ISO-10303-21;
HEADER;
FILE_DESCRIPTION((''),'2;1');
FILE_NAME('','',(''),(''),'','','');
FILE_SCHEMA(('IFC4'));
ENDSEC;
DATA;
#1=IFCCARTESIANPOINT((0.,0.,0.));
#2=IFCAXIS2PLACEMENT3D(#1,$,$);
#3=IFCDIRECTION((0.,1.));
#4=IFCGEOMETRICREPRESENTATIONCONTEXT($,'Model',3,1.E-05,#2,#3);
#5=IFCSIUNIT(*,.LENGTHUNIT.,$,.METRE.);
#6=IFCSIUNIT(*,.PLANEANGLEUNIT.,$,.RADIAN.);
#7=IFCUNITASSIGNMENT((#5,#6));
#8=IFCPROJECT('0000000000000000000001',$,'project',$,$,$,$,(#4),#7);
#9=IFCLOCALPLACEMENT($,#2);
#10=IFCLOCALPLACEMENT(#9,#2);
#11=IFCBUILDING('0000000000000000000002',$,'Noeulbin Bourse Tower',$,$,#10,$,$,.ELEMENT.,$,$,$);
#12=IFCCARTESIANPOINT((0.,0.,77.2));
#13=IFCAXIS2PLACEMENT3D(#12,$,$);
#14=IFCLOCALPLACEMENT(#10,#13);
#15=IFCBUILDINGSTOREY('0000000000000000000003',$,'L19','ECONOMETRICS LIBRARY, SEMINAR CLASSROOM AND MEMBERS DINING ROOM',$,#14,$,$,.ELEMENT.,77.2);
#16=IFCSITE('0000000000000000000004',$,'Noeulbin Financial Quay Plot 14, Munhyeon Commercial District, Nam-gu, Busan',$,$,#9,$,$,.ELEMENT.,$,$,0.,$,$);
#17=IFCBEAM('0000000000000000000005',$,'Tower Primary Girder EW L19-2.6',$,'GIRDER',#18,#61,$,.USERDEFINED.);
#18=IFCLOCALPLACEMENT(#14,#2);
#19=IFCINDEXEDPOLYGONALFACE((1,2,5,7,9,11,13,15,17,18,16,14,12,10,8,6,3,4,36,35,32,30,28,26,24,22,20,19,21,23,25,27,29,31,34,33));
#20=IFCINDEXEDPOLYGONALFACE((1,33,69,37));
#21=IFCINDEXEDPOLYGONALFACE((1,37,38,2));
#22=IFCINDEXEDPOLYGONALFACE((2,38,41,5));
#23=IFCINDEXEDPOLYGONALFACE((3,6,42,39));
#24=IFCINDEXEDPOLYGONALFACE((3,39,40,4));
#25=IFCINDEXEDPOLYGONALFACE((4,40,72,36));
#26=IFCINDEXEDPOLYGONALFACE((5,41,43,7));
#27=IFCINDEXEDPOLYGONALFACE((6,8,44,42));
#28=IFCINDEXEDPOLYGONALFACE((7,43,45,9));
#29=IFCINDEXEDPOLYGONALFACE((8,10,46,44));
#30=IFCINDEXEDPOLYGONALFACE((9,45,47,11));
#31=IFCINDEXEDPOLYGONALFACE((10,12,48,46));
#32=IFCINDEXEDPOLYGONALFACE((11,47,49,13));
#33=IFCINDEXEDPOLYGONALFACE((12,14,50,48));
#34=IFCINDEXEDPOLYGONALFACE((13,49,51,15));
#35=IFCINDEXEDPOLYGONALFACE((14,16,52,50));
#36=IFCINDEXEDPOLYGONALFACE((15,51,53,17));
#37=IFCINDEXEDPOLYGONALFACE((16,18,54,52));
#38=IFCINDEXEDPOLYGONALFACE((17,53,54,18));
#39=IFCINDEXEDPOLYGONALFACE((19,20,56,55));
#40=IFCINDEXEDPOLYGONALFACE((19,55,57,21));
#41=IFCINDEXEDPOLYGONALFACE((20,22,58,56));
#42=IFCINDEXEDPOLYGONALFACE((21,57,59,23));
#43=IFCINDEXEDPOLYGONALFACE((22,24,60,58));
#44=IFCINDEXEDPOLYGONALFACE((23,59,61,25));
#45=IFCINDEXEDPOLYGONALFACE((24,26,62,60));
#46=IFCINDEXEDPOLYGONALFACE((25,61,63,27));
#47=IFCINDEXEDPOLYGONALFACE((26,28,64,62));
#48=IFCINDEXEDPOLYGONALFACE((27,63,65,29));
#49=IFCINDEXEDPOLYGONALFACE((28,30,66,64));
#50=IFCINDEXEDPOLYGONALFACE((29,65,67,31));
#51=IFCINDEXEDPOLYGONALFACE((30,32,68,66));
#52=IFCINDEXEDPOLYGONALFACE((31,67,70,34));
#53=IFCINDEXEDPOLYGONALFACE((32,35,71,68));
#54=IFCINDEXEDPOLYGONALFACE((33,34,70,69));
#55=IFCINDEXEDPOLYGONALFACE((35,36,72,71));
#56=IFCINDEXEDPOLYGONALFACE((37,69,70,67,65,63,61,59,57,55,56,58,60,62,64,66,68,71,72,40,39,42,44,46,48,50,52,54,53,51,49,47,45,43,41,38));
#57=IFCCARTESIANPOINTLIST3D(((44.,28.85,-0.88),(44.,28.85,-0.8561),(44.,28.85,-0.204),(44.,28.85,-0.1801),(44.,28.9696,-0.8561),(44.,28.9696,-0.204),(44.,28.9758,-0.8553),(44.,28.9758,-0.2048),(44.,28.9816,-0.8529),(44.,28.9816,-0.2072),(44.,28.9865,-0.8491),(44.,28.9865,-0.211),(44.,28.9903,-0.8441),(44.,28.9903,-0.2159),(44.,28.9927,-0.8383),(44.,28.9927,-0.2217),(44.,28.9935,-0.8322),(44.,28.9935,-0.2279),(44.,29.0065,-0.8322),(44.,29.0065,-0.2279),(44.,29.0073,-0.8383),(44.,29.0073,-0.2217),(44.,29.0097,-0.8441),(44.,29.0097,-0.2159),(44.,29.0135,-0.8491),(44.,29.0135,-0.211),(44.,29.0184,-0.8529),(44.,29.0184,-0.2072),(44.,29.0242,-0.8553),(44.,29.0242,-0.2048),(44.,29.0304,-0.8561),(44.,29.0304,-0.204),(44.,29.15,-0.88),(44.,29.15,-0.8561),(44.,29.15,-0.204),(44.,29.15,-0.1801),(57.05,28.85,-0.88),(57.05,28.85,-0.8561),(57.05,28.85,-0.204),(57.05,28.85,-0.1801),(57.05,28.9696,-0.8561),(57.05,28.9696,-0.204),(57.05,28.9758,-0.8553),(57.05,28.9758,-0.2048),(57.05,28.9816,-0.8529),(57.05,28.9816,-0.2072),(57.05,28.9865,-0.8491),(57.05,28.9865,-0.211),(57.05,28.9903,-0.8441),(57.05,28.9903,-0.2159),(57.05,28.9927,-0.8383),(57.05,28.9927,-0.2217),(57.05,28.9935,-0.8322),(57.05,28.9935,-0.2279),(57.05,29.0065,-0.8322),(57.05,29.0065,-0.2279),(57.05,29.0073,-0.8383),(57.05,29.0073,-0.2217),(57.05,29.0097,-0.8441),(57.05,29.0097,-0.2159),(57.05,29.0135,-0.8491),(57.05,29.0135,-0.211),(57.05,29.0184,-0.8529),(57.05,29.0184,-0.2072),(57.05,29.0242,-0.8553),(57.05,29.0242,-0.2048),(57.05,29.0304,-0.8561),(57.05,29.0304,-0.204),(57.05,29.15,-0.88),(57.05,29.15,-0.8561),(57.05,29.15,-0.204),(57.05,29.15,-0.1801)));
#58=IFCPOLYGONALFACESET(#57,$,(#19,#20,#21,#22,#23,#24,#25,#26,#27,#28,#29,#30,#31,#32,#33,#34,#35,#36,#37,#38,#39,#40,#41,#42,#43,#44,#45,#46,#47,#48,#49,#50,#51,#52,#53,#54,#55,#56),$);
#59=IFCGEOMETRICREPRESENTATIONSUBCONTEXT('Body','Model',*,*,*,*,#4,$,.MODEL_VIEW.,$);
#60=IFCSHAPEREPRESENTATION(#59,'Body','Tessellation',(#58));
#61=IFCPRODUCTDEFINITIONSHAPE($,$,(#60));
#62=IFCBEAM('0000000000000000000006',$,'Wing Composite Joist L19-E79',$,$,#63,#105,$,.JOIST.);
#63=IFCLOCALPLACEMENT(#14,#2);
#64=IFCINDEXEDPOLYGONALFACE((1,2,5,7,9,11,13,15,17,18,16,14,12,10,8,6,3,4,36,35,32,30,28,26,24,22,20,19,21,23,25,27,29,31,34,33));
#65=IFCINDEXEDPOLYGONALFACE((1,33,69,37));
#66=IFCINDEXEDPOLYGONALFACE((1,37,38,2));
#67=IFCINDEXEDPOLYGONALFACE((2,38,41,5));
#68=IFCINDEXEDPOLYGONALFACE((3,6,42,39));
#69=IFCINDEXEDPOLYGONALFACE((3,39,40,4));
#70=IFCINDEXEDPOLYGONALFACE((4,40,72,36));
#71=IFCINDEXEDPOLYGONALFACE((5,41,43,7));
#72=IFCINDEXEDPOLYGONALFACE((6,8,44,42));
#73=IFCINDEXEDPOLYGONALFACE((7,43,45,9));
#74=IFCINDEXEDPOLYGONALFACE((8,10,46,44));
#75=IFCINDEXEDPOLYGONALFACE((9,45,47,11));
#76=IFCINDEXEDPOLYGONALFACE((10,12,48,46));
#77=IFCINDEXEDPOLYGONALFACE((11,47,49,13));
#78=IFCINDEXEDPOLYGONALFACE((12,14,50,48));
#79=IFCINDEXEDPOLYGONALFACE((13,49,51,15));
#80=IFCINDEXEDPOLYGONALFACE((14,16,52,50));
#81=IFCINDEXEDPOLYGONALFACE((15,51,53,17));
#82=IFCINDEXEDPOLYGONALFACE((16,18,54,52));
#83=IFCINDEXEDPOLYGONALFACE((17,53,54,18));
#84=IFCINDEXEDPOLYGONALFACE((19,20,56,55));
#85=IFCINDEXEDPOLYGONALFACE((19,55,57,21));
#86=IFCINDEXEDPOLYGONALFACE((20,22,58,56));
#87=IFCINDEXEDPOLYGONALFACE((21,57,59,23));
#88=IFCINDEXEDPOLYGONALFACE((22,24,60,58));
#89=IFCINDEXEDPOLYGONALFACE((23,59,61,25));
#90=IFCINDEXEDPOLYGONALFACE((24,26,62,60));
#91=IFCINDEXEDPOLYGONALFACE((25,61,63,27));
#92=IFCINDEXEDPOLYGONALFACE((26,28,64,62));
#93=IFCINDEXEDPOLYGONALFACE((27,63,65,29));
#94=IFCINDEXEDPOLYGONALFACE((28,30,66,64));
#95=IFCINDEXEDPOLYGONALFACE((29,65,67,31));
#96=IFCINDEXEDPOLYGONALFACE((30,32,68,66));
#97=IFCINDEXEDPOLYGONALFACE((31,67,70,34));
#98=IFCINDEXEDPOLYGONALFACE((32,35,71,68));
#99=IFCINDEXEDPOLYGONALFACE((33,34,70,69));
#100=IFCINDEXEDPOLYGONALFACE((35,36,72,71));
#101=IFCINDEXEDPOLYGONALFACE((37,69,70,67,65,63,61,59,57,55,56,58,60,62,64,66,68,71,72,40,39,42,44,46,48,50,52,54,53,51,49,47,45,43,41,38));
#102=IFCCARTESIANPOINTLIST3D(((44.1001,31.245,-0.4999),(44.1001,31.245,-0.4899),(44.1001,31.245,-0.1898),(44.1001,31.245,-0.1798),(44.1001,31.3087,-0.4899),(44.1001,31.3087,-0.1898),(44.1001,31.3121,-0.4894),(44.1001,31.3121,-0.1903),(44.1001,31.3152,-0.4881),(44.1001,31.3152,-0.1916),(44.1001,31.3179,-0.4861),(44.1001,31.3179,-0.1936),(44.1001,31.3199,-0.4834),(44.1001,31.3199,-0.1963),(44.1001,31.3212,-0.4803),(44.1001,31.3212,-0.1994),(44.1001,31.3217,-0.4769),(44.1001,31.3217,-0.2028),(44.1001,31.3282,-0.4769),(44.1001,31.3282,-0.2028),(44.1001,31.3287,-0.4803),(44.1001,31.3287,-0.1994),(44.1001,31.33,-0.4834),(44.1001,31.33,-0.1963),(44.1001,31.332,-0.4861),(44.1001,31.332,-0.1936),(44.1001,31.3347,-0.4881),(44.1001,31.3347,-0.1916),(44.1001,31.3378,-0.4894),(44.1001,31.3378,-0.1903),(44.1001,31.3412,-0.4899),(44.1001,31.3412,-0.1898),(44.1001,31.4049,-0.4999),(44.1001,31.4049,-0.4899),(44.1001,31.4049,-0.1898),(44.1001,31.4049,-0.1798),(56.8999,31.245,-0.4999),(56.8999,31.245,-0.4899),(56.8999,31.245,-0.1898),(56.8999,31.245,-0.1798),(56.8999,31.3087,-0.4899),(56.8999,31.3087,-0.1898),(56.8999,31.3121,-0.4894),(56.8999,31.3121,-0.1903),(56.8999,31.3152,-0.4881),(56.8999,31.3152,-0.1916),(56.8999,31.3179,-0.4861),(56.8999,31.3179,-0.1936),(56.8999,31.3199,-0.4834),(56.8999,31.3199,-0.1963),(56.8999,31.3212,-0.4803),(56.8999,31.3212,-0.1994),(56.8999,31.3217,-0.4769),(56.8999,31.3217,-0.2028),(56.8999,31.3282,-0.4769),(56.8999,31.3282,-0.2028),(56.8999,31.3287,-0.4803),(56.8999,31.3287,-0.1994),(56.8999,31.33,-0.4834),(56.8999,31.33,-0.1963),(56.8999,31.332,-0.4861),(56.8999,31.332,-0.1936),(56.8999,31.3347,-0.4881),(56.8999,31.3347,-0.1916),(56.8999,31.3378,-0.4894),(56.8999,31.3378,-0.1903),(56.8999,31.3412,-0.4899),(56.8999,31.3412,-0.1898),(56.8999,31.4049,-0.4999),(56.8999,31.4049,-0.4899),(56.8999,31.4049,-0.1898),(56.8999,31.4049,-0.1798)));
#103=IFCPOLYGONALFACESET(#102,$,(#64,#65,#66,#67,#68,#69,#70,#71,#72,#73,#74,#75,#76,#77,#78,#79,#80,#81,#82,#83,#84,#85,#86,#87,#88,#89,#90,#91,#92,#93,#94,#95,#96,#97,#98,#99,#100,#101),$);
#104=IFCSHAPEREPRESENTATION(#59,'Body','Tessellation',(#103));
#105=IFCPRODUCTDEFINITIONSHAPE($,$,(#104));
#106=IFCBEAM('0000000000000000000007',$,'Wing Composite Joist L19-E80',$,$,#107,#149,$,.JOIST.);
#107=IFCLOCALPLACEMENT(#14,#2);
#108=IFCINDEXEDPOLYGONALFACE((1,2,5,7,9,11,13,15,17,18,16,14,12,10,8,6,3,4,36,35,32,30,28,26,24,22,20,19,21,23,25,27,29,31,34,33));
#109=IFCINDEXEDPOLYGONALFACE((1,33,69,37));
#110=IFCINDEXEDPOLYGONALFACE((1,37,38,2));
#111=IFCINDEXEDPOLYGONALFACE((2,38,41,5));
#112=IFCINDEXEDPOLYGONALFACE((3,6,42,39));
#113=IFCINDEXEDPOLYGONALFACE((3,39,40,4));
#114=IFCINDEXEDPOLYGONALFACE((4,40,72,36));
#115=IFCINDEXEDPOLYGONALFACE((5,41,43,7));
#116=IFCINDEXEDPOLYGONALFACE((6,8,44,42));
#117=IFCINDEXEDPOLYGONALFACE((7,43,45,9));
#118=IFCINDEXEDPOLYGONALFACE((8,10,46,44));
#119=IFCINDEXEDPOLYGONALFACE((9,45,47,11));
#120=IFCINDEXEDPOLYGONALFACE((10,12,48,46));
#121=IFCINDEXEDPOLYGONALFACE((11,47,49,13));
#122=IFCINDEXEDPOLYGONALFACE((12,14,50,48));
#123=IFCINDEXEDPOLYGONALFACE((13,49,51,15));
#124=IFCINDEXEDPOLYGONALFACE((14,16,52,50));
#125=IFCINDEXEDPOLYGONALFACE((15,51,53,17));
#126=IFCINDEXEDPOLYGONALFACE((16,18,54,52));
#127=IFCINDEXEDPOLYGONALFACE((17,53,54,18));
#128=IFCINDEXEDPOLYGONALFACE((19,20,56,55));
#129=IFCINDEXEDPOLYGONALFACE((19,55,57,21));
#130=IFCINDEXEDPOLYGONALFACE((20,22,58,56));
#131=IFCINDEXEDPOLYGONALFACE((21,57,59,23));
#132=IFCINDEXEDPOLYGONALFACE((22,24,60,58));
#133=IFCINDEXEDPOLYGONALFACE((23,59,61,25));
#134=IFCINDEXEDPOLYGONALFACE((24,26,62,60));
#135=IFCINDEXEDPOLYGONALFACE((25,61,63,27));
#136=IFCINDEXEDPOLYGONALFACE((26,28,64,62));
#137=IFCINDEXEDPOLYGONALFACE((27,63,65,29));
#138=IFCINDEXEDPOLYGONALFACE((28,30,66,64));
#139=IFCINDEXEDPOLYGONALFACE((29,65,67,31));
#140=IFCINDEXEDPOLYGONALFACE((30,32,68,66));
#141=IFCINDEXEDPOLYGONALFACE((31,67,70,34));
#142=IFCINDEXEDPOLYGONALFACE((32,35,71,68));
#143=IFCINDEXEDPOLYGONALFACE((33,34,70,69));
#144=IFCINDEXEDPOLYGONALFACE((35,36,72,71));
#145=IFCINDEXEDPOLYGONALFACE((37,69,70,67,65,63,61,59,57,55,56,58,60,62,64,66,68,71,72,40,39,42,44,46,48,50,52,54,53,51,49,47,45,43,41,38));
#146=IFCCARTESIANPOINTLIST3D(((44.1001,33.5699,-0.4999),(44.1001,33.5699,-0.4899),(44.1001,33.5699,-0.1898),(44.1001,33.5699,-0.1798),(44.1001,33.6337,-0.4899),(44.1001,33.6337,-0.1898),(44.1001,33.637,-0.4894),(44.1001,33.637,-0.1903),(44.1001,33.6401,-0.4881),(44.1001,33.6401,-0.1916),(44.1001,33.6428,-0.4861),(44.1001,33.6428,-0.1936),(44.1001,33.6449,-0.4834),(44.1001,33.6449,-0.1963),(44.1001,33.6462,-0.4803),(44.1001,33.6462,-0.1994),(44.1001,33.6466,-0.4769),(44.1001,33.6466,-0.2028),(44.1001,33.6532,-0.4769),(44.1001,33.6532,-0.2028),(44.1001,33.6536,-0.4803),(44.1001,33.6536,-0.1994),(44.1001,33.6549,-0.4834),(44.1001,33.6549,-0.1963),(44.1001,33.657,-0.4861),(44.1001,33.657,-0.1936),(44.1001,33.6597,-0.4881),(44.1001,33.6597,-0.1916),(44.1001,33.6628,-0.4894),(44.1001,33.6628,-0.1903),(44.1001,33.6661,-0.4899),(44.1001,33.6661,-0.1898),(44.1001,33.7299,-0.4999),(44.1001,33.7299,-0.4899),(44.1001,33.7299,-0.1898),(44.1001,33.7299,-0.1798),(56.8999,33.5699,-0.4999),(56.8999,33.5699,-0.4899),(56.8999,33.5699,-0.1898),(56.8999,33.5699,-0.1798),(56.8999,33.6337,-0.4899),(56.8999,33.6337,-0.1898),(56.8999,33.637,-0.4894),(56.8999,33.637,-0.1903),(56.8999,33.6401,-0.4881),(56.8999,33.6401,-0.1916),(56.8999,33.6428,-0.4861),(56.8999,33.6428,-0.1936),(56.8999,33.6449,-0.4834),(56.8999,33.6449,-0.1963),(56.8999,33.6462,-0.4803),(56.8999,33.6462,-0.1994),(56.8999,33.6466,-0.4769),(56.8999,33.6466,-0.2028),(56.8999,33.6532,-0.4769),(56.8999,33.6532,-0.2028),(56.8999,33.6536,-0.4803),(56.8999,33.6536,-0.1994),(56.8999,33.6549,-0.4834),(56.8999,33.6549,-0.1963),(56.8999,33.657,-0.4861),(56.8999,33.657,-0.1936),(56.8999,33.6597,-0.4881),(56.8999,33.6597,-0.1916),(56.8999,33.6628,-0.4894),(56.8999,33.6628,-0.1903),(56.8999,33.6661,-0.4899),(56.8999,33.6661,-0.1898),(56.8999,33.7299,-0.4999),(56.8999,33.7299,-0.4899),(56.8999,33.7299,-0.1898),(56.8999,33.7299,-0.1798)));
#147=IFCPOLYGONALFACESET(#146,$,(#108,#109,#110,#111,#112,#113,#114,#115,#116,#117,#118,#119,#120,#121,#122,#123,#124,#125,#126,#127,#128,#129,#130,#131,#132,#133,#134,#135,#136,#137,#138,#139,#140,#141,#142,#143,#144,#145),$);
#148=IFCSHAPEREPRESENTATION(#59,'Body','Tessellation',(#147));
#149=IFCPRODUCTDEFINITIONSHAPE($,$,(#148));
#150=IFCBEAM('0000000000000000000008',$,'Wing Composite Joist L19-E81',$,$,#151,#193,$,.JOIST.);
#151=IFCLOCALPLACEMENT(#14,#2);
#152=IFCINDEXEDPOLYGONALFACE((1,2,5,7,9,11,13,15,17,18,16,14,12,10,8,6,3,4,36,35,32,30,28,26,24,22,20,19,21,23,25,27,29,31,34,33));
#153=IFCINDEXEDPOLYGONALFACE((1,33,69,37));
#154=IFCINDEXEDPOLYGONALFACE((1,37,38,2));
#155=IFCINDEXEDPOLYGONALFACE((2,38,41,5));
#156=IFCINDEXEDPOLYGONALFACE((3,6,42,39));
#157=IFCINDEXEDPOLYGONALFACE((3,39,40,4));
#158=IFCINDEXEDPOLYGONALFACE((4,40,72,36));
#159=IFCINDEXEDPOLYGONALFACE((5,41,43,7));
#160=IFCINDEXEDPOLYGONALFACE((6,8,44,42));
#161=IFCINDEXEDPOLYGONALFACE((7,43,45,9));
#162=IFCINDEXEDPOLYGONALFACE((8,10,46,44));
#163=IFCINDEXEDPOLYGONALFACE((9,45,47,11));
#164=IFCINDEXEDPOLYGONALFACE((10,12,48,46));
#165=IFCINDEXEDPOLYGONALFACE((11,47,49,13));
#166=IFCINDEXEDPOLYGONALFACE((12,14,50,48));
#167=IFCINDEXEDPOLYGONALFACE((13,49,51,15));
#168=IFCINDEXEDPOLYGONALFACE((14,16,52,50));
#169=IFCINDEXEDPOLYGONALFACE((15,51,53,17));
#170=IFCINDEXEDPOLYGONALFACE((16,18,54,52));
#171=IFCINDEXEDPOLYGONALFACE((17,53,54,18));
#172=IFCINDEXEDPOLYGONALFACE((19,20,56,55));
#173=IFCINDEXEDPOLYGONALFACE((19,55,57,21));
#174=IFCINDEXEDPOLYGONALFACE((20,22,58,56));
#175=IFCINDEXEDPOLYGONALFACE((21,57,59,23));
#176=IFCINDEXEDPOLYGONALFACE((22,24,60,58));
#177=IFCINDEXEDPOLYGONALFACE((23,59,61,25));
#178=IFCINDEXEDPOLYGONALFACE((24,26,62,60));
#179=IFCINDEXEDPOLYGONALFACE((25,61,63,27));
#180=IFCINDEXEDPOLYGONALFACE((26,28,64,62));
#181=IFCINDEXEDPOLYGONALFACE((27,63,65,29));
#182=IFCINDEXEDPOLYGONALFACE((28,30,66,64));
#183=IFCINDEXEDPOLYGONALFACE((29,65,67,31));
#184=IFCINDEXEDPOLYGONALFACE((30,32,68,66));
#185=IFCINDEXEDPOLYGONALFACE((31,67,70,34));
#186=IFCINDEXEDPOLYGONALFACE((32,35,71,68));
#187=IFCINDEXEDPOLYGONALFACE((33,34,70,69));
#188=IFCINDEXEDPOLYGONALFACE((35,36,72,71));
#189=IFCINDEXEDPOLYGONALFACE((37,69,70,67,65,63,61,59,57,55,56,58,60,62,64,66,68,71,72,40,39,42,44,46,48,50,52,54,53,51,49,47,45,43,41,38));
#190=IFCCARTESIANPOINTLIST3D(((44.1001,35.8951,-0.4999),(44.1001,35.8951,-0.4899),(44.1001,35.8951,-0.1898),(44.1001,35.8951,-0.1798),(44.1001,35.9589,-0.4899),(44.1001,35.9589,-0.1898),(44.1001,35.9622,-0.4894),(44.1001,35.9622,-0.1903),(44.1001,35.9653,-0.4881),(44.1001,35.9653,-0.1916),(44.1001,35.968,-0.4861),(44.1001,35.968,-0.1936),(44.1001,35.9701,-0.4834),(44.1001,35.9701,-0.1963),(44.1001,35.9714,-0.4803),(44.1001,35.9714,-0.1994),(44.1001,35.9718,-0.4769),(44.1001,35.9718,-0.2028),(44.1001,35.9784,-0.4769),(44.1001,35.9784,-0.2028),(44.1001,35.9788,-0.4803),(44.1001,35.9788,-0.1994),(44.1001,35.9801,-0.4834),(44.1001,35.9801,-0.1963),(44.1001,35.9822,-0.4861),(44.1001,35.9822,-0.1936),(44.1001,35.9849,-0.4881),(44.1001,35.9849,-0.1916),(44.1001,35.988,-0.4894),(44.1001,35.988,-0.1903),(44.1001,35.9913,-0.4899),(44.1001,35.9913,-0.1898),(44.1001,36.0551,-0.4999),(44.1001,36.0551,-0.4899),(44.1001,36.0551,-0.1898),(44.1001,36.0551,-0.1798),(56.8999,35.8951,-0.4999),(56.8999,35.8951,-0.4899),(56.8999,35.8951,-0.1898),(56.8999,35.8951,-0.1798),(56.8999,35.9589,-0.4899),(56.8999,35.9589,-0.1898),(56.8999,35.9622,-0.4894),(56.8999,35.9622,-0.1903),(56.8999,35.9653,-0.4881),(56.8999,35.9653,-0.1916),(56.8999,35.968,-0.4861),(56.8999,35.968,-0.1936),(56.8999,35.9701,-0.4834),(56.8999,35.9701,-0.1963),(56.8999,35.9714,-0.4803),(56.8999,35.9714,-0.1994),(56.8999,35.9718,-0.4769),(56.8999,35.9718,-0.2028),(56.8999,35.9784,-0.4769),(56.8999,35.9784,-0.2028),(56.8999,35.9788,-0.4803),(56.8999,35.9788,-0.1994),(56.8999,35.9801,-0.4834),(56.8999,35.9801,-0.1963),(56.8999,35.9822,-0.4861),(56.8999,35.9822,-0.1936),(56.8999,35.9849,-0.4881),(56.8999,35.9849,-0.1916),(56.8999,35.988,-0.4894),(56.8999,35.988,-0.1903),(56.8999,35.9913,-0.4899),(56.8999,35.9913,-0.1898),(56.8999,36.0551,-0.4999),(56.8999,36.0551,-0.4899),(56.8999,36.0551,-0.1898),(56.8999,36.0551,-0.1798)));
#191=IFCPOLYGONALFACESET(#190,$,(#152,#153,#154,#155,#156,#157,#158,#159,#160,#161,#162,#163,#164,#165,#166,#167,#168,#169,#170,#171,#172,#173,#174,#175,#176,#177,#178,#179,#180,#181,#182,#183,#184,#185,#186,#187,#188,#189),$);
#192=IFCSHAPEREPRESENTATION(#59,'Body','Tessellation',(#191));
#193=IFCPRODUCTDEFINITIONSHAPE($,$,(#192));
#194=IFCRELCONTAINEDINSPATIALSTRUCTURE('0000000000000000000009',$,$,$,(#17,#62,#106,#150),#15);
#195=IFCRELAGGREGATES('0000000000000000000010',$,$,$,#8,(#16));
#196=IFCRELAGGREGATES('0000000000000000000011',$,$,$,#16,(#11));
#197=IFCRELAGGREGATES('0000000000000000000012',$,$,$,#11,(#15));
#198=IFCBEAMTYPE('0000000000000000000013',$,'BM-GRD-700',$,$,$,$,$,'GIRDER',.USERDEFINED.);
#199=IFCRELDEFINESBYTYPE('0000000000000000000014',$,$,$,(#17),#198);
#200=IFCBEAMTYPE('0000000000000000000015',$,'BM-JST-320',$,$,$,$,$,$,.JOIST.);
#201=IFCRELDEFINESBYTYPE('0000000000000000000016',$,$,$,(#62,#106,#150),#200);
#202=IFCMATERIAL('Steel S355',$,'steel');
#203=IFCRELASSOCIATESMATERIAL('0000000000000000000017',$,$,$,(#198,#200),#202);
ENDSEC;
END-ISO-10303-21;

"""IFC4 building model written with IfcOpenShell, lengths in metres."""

from ifc_helpers import new_model, si_unit, direction, frame, origin, origin_2d, place, context, subcontext, project, spatial, i_section, extrude, material, material_profile, profile_set, type_object, element, save


model = new_model("IFC4")

# Units and contexts
model_context = context("Model", 3, precision=1e-05, world=origin(), true_north=direction((0.0, 1.0)))
body_context = subcontext(model_context, "Body", "Model", "MODEL_VIEW")
ifc_project = project(units=[si_unit("LENGTHUNIT", "METRE"), si_unit("PLANEANGLEUNIT", "RADIAN")], contexts=[model_context])

# Site, building, storey
site_placement = place(None, origin())
site = spatial("IfcSite", under=ifc_project, at=site_placement, Name="Noeulbin Financial Quay Plot 14, Munhyeon Commercial District, Nam-gu, Busan", CompositionType="ELEMENT", RefElevation=0.0)
building_placement = place(site_placement, origin())
building = spatial("IfcBuilding", under=site, at=building_placement, Name="Noeulbin Bourse Tower", CompositionType="ELEMENT")
storey_placement = place(building_placement, frame((0.0, 0.0, 77.2)))
storey = spatial("IfcBuildingStorey", under=building, at=storey_placement, Name="L19", Description="ECONOMETRICS LIBRARY, SEMINAR CLASSROOM AND MEMBERS DINING ROOM", CompositionType="ELEMENT", Elevation=77.2)

# Beams
ifc_material_1 = material(Name="Steel S355", Category="steel")
ifc_material_profile_1 = material_profile(ifc_material_1, i_section(OverallWidth=0.3, OverallDepth=0.7, WebThickness=0.0129, FlangeThickness=0.0239, FilletRadius=0.0239, at=origin_2d()), Name="H-700x300x13x24", Category="LoadBearing")
ifc_profile_set_1 = profile_set([ifc_material_profile_1], Name="Steel S355")
beam_type_1 = type_object("IfcBeamType", Name="BM-GRD-700", ElementType="GIRDER", PredefinedType="USERDEFINED", material=ifc_profile_set_1)
beam_1_placement = place(storey_placement, frame((44.0, 29.0, -0.53), z_axis=(1.0, 0.0, 0.0), x_axis=(0.0, 1.0, 0.0)))
element("IfcBeam", 1, at=beam_1_placement, inside=storey, type_object=beam_type_1, Name="Tower Primary Girder EW L19-2.6", ObjectType="GIRDER", PredefinedType="USERDEFINED", context=body_context, shape_type="SweptSolid", body=[
    extrude(i_section(OverallWidth=0.3, OverallDepth=0.7, WebThickness=0.0129, FlangeThickness=0.0239, FilletRadius=0.0239, at=origin_2d()), origin(), (0.0, 0.0, 1.0), 13.05),
])
ifc_material_profile_2 = material_profile(ifc_material_1, i_section(OverallWidth=0.1599, OverallDepth=0.3201, WebThickness=0.0066, FlangeThickness=0.01, FilletRadius=0.0129, at=origin_2d()), Name="H-320x160x6.5x10", Category="LoadBearing")
ifc_profile_set_2 = profile_set([ifc_material_profile_2], Name="Steel S355")
beam_type_2 = type_object("IfcBeamType", Name="BM-JST-320", PredefinedType="JOIST", material=ifc_profile_set_2)
for number, where, z_axis, x_axis, name in (
    (2, (44.1001, 31.325, -0.3398), (1.0, 0.0, 0.0), (0.0, 1.0, 0.0), "Wing Composite Joist L19-E79"),
    (3, (44.1001, 33.6499, -0.3398), (1.0, 0.0, 0.0), (0.0, 1.0, 0.0), "Wing Composite Joist L19-E80"),
    (4, (44.1001, 35.9751, -0.3398), (1.0, 0.0, 0.0), (0.0, 1.0, 0.0), "Wing Composite Joist L19-E81"),
):
    element("IfcBeam", number, at=place(storey_placement, frame(where, z_axis=z_axis, x_axis=x_axis)), inside=storey, type_object=beam_type_2, Name=name, PredefinedType="JOIST", context=body_context, shape_type="SweptSolid", body=[
        extrude(i_section(OverallWidth=0.1599, OverallDepth=0.3201, WebThickness=0.0066, FlangeThickness=0.01, FilletRadius=0.0129, at=origin_2d()), origin(), (0.0, 0.0, 1.0), 12.7998),
    ])

save(model, "model.ifc")
